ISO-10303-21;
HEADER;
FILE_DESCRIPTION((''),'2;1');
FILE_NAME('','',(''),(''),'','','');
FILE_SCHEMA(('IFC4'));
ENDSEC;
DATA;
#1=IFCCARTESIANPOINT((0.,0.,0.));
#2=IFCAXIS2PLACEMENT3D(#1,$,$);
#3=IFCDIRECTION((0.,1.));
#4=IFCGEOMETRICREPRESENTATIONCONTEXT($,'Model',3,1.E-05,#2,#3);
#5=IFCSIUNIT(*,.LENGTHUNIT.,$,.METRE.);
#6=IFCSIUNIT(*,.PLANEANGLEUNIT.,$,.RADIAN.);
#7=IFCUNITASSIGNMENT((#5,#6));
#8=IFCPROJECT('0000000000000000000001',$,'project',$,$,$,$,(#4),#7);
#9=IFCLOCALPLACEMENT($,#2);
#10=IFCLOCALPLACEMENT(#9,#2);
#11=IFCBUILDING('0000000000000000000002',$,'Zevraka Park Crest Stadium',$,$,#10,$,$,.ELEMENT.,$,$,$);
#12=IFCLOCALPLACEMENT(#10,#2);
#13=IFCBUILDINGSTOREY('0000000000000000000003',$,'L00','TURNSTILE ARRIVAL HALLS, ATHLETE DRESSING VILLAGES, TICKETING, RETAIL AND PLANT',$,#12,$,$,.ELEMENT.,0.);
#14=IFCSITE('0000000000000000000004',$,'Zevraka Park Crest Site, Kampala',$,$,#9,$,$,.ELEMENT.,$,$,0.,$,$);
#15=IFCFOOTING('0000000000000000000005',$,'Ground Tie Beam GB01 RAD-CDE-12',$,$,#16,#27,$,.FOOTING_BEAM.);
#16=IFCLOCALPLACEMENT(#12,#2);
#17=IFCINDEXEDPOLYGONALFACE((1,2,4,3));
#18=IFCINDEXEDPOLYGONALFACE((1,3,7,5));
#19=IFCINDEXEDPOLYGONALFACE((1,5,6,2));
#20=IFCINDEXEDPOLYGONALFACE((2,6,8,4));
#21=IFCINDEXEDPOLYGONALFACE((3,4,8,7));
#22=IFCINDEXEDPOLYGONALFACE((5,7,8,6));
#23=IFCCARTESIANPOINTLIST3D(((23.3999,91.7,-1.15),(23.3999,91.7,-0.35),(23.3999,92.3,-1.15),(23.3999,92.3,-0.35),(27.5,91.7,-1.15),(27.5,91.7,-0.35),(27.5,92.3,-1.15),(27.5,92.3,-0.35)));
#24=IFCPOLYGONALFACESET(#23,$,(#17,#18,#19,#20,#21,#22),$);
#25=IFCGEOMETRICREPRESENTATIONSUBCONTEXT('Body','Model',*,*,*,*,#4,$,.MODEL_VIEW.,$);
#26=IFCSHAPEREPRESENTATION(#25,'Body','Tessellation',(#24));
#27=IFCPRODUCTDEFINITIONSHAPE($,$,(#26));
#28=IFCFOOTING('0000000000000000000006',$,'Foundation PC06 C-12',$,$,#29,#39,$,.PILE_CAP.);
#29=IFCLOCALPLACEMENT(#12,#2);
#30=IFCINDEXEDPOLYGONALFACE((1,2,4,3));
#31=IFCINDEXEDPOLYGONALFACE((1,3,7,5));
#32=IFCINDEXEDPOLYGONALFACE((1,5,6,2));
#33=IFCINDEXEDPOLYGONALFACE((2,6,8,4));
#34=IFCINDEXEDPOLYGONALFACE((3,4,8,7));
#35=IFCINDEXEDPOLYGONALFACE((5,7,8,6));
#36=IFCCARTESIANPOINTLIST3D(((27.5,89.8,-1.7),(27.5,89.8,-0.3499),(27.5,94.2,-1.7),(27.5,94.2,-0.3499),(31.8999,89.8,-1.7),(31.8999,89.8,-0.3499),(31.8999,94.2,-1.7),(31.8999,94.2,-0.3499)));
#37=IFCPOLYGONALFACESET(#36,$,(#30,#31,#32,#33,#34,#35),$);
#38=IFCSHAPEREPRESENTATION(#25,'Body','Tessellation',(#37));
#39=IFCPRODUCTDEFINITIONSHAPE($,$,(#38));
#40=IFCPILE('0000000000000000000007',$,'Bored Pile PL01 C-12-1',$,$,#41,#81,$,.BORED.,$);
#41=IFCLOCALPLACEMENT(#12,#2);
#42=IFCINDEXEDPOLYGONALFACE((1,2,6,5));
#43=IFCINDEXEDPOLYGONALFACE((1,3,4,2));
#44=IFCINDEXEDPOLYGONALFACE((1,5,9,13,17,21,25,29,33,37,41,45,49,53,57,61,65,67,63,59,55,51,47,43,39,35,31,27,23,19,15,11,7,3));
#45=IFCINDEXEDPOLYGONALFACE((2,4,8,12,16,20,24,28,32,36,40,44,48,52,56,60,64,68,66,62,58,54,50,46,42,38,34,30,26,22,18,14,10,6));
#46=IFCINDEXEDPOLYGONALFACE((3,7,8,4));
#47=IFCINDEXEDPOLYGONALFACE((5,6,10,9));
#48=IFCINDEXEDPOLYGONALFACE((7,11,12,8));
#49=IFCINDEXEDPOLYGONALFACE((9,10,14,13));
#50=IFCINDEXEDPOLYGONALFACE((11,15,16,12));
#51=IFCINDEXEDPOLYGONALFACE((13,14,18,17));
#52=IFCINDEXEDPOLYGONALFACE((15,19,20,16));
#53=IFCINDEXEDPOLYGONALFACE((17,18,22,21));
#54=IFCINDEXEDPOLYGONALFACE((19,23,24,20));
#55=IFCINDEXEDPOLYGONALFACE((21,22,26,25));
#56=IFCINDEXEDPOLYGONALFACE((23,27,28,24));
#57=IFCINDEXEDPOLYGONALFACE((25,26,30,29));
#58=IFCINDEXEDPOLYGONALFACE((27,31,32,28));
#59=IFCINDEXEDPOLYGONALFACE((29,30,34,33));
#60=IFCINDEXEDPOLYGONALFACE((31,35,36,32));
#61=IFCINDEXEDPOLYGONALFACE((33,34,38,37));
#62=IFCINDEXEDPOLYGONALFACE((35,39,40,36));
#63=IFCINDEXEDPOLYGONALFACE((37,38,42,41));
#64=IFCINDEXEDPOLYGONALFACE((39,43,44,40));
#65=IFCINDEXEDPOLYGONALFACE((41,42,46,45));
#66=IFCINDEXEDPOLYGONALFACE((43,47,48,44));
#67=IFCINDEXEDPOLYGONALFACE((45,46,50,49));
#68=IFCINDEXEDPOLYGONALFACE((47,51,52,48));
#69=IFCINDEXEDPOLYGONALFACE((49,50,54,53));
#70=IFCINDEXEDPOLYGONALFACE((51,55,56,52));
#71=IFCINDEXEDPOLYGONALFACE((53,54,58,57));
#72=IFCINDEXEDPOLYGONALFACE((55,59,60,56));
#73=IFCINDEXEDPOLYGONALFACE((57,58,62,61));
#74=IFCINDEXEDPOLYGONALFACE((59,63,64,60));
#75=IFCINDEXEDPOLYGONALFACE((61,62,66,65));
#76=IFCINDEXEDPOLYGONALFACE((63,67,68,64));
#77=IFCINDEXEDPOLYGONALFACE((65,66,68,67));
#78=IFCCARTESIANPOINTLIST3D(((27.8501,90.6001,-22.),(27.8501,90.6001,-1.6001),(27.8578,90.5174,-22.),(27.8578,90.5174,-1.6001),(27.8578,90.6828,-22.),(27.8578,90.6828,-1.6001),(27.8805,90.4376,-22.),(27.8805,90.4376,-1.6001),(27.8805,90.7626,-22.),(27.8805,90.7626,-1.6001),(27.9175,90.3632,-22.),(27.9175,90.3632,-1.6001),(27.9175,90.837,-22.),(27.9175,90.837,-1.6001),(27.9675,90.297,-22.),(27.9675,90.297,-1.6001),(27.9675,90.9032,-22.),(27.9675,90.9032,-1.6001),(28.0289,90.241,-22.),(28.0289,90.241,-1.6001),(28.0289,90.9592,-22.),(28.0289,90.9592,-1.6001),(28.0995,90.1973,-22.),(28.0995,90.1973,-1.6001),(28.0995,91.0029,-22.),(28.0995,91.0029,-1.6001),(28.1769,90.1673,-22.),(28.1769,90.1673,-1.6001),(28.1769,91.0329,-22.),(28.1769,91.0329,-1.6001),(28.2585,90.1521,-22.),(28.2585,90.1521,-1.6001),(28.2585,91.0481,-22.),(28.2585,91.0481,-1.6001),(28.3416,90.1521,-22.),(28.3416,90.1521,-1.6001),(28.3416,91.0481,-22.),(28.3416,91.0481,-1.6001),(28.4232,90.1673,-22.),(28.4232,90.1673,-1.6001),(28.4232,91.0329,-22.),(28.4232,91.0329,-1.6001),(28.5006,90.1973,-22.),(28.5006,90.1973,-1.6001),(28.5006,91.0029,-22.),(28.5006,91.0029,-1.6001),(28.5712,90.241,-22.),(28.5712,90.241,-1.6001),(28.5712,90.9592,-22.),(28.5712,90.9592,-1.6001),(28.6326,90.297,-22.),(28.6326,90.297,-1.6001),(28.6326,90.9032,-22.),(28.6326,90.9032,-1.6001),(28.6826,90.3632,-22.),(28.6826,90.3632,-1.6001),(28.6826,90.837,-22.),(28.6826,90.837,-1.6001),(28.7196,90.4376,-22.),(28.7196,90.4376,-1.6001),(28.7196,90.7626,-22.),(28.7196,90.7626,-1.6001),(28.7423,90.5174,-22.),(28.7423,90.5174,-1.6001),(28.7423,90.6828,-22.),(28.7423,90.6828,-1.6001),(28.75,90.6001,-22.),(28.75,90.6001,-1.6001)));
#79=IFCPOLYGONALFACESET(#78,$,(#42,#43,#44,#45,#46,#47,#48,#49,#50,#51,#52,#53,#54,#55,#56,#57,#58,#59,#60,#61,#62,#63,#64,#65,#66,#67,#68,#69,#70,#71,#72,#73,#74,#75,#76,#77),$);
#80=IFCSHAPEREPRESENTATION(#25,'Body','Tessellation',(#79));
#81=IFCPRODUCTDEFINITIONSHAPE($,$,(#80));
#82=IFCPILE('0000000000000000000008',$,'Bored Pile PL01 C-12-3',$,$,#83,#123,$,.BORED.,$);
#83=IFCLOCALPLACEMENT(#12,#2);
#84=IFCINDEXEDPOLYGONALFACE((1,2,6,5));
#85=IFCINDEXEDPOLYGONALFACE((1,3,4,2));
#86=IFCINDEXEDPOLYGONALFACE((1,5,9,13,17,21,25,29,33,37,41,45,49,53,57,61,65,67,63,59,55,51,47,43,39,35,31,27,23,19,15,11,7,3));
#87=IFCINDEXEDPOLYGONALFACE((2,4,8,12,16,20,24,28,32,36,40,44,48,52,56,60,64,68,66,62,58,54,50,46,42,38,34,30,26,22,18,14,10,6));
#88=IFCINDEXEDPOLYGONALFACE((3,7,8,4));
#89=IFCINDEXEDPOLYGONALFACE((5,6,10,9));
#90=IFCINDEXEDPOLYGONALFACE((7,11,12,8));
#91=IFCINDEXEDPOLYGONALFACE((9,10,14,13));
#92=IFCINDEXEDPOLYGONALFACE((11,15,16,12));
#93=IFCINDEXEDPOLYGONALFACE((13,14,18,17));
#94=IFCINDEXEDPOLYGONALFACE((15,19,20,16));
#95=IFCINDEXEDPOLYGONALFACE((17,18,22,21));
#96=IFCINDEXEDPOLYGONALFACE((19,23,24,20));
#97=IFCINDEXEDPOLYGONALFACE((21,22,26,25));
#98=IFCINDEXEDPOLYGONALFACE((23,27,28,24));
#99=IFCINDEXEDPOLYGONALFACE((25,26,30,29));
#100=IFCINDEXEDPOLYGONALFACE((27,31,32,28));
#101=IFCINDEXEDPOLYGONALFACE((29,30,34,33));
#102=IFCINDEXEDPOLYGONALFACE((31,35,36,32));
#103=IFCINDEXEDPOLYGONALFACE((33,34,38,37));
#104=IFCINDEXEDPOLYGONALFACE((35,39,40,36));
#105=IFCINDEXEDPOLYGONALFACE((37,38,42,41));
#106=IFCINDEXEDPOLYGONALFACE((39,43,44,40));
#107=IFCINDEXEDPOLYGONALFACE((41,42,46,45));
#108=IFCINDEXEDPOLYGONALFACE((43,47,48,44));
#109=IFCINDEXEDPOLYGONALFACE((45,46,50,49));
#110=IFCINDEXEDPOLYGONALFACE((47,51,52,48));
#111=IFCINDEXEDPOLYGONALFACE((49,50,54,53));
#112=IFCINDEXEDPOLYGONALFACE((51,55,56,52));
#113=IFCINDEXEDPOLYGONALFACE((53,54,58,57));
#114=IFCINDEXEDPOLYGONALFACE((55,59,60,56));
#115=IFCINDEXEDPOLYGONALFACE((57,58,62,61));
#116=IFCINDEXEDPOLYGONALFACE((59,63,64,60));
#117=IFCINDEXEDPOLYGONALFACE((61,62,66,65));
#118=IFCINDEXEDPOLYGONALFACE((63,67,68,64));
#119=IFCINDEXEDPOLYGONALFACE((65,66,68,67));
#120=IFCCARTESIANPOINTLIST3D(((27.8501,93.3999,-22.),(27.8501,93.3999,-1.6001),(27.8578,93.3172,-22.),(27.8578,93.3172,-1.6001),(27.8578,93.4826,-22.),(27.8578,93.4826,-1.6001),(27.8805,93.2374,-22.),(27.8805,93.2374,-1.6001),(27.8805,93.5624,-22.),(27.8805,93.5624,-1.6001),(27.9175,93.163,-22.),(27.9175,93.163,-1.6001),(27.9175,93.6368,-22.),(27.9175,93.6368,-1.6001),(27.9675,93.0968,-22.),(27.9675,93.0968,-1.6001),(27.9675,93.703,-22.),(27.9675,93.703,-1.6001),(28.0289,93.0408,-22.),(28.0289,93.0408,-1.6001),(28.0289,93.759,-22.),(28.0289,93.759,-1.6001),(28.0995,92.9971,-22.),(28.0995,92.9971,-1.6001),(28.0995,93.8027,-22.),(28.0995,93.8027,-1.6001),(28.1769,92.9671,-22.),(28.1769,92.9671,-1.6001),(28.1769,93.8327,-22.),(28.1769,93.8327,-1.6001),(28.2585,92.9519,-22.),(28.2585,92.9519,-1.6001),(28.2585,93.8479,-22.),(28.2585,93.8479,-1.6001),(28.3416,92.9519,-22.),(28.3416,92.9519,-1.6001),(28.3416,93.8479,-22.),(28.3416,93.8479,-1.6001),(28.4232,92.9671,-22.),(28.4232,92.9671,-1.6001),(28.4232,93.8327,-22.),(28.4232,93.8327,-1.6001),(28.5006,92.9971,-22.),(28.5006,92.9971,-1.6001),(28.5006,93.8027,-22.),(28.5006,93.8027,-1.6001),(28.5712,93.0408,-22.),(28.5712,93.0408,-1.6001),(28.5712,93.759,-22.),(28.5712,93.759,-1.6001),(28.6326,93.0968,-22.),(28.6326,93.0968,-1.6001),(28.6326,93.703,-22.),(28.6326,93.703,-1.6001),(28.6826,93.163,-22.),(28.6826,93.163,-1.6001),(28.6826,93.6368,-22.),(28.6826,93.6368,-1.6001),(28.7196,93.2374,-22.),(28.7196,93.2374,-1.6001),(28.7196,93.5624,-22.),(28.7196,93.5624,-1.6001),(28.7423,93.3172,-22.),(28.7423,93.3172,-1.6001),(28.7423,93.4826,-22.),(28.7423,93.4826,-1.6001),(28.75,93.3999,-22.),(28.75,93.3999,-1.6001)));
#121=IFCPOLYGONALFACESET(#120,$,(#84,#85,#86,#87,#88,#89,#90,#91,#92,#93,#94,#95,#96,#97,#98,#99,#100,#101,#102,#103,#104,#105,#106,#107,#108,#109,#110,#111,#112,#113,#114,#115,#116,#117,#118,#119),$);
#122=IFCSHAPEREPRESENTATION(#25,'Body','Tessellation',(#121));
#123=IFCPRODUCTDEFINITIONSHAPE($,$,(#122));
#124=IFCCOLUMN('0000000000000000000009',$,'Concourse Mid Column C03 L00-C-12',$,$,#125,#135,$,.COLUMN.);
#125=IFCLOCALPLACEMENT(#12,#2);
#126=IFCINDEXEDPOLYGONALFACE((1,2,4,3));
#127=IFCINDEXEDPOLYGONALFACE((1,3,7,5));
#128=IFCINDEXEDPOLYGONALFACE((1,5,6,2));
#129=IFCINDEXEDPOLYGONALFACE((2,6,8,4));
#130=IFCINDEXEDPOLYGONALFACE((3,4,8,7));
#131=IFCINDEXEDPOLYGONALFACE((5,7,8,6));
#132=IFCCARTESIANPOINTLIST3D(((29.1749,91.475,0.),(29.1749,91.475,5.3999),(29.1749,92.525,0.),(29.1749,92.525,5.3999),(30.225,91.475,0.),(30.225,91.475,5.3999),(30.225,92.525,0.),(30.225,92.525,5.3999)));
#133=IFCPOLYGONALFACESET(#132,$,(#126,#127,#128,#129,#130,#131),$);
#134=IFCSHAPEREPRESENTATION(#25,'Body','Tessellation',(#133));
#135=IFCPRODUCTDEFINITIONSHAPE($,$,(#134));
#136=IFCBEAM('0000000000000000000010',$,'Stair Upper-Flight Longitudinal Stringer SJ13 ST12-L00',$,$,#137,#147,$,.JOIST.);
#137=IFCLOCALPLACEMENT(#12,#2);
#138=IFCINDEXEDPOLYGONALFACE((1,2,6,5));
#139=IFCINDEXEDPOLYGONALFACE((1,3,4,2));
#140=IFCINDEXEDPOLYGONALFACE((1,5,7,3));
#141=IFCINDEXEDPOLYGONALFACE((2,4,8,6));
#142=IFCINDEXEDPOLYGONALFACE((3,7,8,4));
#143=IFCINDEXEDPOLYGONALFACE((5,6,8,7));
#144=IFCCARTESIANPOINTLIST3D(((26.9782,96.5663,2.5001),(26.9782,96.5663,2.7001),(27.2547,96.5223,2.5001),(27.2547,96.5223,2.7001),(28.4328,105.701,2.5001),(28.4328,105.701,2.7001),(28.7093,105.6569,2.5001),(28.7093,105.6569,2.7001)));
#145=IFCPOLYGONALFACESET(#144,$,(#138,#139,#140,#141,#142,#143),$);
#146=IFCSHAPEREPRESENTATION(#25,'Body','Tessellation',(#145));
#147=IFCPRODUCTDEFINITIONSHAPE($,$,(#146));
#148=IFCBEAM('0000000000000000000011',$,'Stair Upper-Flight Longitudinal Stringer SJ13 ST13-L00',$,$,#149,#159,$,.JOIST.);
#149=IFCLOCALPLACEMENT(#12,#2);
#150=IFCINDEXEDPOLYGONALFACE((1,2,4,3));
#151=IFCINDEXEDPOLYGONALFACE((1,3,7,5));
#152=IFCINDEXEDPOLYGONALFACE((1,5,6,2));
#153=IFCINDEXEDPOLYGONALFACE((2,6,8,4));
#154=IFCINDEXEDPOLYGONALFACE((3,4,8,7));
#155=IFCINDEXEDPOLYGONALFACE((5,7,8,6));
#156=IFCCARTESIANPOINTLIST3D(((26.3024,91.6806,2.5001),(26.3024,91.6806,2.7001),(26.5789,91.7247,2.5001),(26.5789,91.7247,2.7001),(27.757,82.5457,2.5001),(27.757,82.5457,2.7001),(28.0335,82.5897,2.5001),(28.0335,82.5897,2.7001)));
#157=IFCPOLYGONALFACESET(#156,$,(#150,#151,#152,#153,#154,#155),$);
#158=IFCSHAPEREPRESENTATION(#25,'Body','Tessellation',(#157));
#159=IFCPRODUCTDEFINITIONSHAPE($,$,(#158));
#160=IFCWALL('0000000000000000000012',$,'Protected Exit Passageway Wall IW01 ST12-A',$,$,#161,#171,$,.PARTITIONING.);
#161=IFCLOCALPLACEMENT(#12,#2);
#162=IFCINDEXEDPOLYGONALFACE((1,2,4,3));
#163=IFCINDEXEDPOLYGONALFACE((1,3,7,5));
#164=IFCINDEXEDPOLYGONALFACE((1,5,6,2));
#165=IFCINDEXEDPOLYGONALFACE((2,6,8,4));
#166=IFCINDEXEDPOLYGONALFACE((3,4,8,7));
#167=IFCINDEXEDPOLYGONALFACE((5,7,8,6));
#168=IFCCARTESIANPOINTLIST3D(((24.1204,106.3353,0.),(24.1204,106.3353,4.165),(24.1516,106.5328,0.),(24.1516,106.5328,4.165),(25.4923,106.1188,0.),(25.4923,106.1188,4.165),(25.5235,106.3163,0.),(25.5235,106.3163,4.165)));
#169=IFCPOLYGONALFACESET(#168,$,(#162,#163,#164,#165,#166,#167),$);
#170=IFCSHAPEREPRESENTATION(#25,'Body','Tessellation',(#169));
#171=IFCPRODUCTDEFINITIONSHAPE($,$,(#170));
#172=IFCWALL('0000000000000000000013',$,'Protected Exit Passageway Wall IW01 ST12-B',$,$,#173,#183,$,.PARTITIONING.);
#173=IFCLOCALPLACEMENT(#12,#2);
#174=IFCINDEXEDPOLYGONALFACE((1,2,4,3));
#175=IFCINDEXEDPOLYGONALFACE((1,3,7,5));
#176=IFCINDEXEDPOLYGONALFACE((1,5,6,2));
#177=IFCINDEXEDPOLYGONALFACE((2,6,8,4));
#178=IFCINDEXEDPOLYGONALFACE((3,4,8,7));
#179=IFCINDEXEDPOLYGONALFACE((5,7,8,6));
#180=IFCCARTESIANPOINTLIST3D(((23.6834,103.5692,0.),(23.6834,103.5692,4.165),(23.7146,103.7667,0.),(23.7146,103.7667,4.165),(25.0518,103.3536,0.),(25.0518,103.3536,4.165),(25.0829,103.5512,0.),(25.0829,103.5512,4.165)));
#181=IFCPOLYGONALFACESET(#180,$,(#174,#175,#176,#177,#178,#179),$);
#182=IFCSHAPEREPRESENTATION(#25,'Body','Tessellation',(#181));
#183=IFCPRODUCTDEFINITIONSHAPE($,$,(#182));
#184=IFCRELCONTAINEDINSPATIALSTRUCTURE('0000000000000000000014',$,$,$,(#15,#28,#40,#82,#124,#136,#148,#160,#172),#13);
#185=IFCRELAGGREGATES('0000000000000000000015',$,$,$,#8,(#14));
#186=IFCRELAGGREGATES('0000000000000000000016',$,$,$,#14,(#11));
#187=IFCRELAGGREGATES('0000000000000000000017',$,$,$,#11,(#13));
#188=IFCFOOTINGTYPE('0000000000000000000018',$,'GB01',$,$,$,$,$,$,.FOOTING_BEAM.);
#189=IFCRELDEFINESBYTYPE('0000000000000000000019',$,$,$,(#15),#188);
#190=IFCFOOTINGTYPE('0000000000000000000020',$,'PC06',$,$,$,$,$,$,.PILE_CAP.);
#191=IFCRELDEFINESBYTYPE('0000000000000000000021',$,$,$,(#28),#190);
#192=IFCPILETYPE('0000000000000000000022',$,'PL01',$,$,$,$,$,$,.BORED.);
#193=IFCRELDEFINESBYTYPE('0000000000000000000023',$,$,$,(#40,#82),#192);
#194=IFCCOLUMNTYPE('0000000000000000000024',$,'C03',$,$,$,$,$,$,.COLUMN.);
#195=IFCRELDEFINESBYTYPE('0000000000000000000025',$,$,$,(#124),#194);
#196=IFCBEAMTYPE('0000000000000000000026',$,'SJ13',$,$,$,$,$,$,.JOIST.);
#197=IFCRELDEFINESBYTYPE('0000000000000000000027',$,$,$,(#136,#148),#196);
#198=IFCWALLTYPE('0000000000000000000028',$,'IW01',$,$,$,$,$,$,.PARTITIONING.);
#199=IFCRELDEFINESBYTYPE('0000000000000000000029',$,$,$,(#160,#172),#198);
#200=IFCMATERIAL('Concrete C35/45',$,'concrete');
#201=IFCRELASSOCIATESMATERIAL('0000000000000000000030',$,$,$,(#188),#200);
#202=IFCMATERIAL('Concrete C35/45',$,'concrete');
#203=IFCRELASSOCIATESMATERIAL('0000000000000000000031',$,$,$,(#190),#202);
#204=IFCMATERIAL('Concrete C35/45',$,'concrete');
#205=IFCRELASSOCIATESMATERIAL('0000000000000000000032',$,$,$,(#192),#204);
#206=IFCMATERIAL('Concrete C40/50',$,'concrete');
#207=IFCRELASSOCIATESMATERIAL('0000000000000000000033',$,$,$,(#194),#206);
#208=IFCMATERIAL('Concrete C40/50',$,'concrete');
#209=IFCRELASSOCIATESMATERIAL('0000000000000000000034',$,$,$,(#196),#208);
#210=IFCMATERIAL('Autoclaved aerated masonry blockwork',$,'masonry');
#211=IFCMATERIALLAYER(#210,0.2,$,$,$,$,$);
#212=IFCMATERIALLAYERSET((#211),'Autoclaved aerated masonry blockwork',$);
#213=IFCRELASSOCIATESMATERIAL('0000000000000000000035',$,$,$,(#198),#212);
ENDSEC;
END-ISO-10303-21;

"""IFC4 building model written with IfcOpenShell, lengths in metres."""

from ifc_helpers import new_model, si_unit, direction, frame, frame_2d, origin, origin_2d, place, context, subcontext, project, spatial, rectangle, circle, extrude, material, layer, layer_set, material_profile, profile_set, type_object, element, save


model = new_model("IFC4")

# Units and contexts
model_context = context("Model", 3, precision=1e-05, world=origin(), true_north=direction((0.0, 1.0)))
body_context = subcontext(model_context, "Body", "Model", "MODEL_VIEW")
ifc_project = project(units=[si_unit("LENGTHUNIT", "METRE"), si_unit("PLANEANGLEUNIT", "RADIAN")], contexts=[model_context])

# Site, building, storey
site_placement = place(None, origin())
site = spatial("IfcSite", under=ifc_project, at=site_placement, Name="Zevraka Park Crest Site, Kampala", CompositionType="ELEMENT", RefElevation=0.0)
building_placement = place(site_placement, origin())
building = spatial("IfcBuilding", under=site, at=building_placement, Name="Zevraka Park Crest Stadium", CompositionType="ELEMENT")
storey_placement = place(building_placement, origin())
storey = spatial("IfcBuildingStorey", under=building, at=storey_placement, Name="L00", Description="TURNSTILE ARRIVAL HALLS, ATHLETE DRESSING VILLAGES, TICKETING, RETAIL AND PLANT", CompositionType="ELEMENT", Elevation=0.0)

# Footings
ifc_material_1 = material(Name="Concrete C35/45", Category="concrete")
ifc_material_profile_1 = material_profile(ifc_material_1, rectangle(XDim=0.6001, YDim=0.8, at=origin_2d()), Name="GB 800x600")
ifc_profile_set_1 = profile_set([ifc_material_profile_1], Name="Concrete C35/45")
footing_type_1 = type_object("IfcFootingType", Name="GB01", PredefinedType="FOOTING_BEAM", material=ifc_profile_set_1)
footing_1_placement = place(storey_placement, frame((27.5, 92.0, -0.75), z_axis=(-1.0, 0.0, 0.0), x_axis=(0.0, -1.0, 0.0)))
element("IfcFooting", 1, at=footing_1_placement, inside=storey, type_object=footing_type_1, Name="Ground Tie Beam GB01 RAD-CDE-12", PredefinedType="FOOTING_BEAM", context=body_context, shape_type="SweptSolid", body=[
    extrude(rectangle(XDim=0.6001, YDim=0.8, at=origin_2d()), origin(), (0.0, 0.0, 1.0), 4.1001),
])
ifc_material_2 = material(Name="Concrete C35/45", Category="concrete")
footing_type_2 = type_object("IfcFootingType", Name="PC06", PredefinedType="PILE_CAP", material=ifc_material_2)
footing_2_placement = place(storey_placement, frame((29.7, 92.0, -1.7), z_axis=(0.0, 0.0, 1.0), x_axis=(1.0, 0.0, 0.0)))
element("IfcFooting", 2, at=footing_2_placement, inside=storey, type_object=footing_type_2, Name="Foundation PC06 C-12", PredefinedType="PILE_CAP", context=body_context, shape_type="SweptSolid", body=[
    extrude(rectangle(XDim=4.3999, YDim=4.3999, at=origin_2d()), origin(), (0.0, 0.0, 1.0), 1.3501),
])

# Piles
ifc_material_3 = material(Name="Concrete C35/45", Category="concrete")
ifc_material_profile_2 = material_profile(ifc_material_3, circle(Radius=0.45, at=origin_2d()), Name="PILE D900")
ifc_profile_set_2 = profile_set([ifc_material_profile_2], Name="Concrete C35/45")
pile_type = type_object("IfcPileType", Name="PL01", PredefinedType="BORED", material=ifc_profile_set_2)
for number, where, z_axis, x_axis, name in (
    (3, (28.3, 90.6001, -1.6001), (0.0, 0.0, -1.0), (1.0, 0.0, 0.0), "Bored Pile PL01 C-12-1"),
    (4, (28.3, 93.3999, -1.6001), (0.0, 0.0, -1.0), (1.0, 0.0, 0.0), "Bored Pile PL01 C-12-3"),
):
    element("IfcPile", number, at=place(storey_placement, frame(where, z_axis=z_axis, x_axis=x_axis)), inside=storey, type_object=pile_type, Name=name, PredefinedType="BORED", context=body_context, shape_type="SweptSolid", body=[
        extrude(circle(Radius=0.45, at=origin_2d()), origin(), (0.0, 0.0, 1.0), 20.3999),
    ])

# Column
ifc_material_4 = material(Name="Concrete C40/50", Category="concrete")
ifc_material_profile_3 = material_profile(ifc_material_4, rectangle(XDim=1.05, YDim=1.05, at=origin_2d()), Name="RC 1050x1050")
ifc_profile_set_3 = profile_set([ifc_material_profile_3], Name="Concrete C40/50")
column_type = type_object("IfcColumnType", Name="C03", PredefinedType="COLUMN", material=ifc_profile_set_3)
column_placement = place(storey_placement, frame((29.7, 92.0, 0.0), z_axis=(0.0, 0.0, 1.0), x_axis=(1.0, 0.0, 0.0)))
element("IfcColumn", 5, at=column_placement, inside=storey, type_object=column_type, Name="Concourse Mid Column C03 L00-C-12", PredefinedType="COLUMN", context=body_context, shape_type="SweptSolid", body=[
    extrude(rectangle(XDim=1.05, YDim=1.05, at=origin_2d()), origin(), (0.0, 0.0, 1.0), 5.3999),
])

# Beams
ifc_material_5 = material(Name="Concrete C40/50", Category="concrete")
ifc_material_profile_4 = material_profile(ifc_material_5, rectangle(XDim=0.28, YDim=0.2, at=origin_2d()), Name="RC 200x280")
ifc_profile_set_4 = profile_set([ifc_material_profile_4], Name="Concrete C40/50")
beam_type = type_object("IfcBeamType", Name="SJ13", PredefinedType="JOIST", material=ifc_profile_set_4)
beam_1_placement = place(storey_placement, frame((28.571, 105.679, 2.6001), z_axis=(-0.157255, -0.987558, 0.0), x_axis=(0.987558, -0.157255, 0.0)))
element("IfcBeam", 6, at=beam_1_placement, inside=storey, type_object=beam_type, Name="Stair Upper-Flight Longitudinal Stringer SJ13 ST12-L00", PredefinedType="JOIST", context=body_context, shape_type="SweptSolid", body=[
    extrude(rectangle(XDim=0.28, YDim=0.2, at=origin_2d()), origin(), (0.0, 0.0, 1.0), 9.2498),
])
beam_2_placement = place(storey_placement, frame((26.4407, 91.7026, 2.6001), z_axis=(0.157251, -0.987559, 0.0), x_axis=(0.987559, 0.157251, 0.0)))
element("IfcBeam", 7, at=beam_2_placement, inside=storey, type_object=beam_type, Name="Stair Upper-Flight Longitudinal Stringer SJ13 ST13-L00", PredefinedType="JOIST", context=body_context, shape_type="SweptSolid", body=[
    extrude(rectangle(XDim=0.28, YDim=0.2, at=origin_2d()), origin(), (0.0, 0.0, 1.0), 9.25),
])

# Walls
ifc_material_6 = material(Name="Autoclaved aerated masonry blockwork", Category="masonry")
ifc_layer_1 = layer(ifc_material_6, 0.2)
ifc_layer_set_1 = layer_set([ifc_layer_1], Name="Autoclaved aerated masonry blockwork")
wall_type_1 = type_object("IfcWallType", Name="IW01", PredefinedType="PARTITIONING", material=ifc_layer_set_1)
wall_1_placement = place(storey_placement, frame((25.5078, 106.2175, 0.0), z_axis=(0.0, 0.0, 1.0), x_axis=(-0.987769, 0.155926, 0.0)))
element("IfcWall", 8, at=wall_1_placement, inside=storey, type_object=wall_type_1, Name="Protected Exit Passageway Wall IW01 ST12-A", PredefinedType="PARTITIONING", context=body_context, shape_type="SweptSolid", body=[
    extrude(rectangle(XDim=1.3889, YDim=0.2, at=frame_2d((0.6943, 0.0))), origin(), (0.0, 0.0, 1.0), 4.165),
])
wall_2_placement = place(storey_placement, frame((25.0674, 103.4524, 0.0), z_axis=(0.0, 0.0, 1.0), x_axis=(-0.987817, 0.155619, 0.0)))
element("IfcWall", 9, at=wall_2_placement, inside=storey, type_object=wall_type_1, Name="Protected Exit Passageway Wall IW01 ST12-B", PredefinedType="PARTITIONING", context=body_context, shape_type="SweptSolid", body=[
    extrude(rectangle(XDim=1.3853, YDim=0.2, at=frame_2d((0.6926, 0.0))), origin(), (0.0, 0.0, 1.0), 4.165),
])

save(model, "model.ifc")
